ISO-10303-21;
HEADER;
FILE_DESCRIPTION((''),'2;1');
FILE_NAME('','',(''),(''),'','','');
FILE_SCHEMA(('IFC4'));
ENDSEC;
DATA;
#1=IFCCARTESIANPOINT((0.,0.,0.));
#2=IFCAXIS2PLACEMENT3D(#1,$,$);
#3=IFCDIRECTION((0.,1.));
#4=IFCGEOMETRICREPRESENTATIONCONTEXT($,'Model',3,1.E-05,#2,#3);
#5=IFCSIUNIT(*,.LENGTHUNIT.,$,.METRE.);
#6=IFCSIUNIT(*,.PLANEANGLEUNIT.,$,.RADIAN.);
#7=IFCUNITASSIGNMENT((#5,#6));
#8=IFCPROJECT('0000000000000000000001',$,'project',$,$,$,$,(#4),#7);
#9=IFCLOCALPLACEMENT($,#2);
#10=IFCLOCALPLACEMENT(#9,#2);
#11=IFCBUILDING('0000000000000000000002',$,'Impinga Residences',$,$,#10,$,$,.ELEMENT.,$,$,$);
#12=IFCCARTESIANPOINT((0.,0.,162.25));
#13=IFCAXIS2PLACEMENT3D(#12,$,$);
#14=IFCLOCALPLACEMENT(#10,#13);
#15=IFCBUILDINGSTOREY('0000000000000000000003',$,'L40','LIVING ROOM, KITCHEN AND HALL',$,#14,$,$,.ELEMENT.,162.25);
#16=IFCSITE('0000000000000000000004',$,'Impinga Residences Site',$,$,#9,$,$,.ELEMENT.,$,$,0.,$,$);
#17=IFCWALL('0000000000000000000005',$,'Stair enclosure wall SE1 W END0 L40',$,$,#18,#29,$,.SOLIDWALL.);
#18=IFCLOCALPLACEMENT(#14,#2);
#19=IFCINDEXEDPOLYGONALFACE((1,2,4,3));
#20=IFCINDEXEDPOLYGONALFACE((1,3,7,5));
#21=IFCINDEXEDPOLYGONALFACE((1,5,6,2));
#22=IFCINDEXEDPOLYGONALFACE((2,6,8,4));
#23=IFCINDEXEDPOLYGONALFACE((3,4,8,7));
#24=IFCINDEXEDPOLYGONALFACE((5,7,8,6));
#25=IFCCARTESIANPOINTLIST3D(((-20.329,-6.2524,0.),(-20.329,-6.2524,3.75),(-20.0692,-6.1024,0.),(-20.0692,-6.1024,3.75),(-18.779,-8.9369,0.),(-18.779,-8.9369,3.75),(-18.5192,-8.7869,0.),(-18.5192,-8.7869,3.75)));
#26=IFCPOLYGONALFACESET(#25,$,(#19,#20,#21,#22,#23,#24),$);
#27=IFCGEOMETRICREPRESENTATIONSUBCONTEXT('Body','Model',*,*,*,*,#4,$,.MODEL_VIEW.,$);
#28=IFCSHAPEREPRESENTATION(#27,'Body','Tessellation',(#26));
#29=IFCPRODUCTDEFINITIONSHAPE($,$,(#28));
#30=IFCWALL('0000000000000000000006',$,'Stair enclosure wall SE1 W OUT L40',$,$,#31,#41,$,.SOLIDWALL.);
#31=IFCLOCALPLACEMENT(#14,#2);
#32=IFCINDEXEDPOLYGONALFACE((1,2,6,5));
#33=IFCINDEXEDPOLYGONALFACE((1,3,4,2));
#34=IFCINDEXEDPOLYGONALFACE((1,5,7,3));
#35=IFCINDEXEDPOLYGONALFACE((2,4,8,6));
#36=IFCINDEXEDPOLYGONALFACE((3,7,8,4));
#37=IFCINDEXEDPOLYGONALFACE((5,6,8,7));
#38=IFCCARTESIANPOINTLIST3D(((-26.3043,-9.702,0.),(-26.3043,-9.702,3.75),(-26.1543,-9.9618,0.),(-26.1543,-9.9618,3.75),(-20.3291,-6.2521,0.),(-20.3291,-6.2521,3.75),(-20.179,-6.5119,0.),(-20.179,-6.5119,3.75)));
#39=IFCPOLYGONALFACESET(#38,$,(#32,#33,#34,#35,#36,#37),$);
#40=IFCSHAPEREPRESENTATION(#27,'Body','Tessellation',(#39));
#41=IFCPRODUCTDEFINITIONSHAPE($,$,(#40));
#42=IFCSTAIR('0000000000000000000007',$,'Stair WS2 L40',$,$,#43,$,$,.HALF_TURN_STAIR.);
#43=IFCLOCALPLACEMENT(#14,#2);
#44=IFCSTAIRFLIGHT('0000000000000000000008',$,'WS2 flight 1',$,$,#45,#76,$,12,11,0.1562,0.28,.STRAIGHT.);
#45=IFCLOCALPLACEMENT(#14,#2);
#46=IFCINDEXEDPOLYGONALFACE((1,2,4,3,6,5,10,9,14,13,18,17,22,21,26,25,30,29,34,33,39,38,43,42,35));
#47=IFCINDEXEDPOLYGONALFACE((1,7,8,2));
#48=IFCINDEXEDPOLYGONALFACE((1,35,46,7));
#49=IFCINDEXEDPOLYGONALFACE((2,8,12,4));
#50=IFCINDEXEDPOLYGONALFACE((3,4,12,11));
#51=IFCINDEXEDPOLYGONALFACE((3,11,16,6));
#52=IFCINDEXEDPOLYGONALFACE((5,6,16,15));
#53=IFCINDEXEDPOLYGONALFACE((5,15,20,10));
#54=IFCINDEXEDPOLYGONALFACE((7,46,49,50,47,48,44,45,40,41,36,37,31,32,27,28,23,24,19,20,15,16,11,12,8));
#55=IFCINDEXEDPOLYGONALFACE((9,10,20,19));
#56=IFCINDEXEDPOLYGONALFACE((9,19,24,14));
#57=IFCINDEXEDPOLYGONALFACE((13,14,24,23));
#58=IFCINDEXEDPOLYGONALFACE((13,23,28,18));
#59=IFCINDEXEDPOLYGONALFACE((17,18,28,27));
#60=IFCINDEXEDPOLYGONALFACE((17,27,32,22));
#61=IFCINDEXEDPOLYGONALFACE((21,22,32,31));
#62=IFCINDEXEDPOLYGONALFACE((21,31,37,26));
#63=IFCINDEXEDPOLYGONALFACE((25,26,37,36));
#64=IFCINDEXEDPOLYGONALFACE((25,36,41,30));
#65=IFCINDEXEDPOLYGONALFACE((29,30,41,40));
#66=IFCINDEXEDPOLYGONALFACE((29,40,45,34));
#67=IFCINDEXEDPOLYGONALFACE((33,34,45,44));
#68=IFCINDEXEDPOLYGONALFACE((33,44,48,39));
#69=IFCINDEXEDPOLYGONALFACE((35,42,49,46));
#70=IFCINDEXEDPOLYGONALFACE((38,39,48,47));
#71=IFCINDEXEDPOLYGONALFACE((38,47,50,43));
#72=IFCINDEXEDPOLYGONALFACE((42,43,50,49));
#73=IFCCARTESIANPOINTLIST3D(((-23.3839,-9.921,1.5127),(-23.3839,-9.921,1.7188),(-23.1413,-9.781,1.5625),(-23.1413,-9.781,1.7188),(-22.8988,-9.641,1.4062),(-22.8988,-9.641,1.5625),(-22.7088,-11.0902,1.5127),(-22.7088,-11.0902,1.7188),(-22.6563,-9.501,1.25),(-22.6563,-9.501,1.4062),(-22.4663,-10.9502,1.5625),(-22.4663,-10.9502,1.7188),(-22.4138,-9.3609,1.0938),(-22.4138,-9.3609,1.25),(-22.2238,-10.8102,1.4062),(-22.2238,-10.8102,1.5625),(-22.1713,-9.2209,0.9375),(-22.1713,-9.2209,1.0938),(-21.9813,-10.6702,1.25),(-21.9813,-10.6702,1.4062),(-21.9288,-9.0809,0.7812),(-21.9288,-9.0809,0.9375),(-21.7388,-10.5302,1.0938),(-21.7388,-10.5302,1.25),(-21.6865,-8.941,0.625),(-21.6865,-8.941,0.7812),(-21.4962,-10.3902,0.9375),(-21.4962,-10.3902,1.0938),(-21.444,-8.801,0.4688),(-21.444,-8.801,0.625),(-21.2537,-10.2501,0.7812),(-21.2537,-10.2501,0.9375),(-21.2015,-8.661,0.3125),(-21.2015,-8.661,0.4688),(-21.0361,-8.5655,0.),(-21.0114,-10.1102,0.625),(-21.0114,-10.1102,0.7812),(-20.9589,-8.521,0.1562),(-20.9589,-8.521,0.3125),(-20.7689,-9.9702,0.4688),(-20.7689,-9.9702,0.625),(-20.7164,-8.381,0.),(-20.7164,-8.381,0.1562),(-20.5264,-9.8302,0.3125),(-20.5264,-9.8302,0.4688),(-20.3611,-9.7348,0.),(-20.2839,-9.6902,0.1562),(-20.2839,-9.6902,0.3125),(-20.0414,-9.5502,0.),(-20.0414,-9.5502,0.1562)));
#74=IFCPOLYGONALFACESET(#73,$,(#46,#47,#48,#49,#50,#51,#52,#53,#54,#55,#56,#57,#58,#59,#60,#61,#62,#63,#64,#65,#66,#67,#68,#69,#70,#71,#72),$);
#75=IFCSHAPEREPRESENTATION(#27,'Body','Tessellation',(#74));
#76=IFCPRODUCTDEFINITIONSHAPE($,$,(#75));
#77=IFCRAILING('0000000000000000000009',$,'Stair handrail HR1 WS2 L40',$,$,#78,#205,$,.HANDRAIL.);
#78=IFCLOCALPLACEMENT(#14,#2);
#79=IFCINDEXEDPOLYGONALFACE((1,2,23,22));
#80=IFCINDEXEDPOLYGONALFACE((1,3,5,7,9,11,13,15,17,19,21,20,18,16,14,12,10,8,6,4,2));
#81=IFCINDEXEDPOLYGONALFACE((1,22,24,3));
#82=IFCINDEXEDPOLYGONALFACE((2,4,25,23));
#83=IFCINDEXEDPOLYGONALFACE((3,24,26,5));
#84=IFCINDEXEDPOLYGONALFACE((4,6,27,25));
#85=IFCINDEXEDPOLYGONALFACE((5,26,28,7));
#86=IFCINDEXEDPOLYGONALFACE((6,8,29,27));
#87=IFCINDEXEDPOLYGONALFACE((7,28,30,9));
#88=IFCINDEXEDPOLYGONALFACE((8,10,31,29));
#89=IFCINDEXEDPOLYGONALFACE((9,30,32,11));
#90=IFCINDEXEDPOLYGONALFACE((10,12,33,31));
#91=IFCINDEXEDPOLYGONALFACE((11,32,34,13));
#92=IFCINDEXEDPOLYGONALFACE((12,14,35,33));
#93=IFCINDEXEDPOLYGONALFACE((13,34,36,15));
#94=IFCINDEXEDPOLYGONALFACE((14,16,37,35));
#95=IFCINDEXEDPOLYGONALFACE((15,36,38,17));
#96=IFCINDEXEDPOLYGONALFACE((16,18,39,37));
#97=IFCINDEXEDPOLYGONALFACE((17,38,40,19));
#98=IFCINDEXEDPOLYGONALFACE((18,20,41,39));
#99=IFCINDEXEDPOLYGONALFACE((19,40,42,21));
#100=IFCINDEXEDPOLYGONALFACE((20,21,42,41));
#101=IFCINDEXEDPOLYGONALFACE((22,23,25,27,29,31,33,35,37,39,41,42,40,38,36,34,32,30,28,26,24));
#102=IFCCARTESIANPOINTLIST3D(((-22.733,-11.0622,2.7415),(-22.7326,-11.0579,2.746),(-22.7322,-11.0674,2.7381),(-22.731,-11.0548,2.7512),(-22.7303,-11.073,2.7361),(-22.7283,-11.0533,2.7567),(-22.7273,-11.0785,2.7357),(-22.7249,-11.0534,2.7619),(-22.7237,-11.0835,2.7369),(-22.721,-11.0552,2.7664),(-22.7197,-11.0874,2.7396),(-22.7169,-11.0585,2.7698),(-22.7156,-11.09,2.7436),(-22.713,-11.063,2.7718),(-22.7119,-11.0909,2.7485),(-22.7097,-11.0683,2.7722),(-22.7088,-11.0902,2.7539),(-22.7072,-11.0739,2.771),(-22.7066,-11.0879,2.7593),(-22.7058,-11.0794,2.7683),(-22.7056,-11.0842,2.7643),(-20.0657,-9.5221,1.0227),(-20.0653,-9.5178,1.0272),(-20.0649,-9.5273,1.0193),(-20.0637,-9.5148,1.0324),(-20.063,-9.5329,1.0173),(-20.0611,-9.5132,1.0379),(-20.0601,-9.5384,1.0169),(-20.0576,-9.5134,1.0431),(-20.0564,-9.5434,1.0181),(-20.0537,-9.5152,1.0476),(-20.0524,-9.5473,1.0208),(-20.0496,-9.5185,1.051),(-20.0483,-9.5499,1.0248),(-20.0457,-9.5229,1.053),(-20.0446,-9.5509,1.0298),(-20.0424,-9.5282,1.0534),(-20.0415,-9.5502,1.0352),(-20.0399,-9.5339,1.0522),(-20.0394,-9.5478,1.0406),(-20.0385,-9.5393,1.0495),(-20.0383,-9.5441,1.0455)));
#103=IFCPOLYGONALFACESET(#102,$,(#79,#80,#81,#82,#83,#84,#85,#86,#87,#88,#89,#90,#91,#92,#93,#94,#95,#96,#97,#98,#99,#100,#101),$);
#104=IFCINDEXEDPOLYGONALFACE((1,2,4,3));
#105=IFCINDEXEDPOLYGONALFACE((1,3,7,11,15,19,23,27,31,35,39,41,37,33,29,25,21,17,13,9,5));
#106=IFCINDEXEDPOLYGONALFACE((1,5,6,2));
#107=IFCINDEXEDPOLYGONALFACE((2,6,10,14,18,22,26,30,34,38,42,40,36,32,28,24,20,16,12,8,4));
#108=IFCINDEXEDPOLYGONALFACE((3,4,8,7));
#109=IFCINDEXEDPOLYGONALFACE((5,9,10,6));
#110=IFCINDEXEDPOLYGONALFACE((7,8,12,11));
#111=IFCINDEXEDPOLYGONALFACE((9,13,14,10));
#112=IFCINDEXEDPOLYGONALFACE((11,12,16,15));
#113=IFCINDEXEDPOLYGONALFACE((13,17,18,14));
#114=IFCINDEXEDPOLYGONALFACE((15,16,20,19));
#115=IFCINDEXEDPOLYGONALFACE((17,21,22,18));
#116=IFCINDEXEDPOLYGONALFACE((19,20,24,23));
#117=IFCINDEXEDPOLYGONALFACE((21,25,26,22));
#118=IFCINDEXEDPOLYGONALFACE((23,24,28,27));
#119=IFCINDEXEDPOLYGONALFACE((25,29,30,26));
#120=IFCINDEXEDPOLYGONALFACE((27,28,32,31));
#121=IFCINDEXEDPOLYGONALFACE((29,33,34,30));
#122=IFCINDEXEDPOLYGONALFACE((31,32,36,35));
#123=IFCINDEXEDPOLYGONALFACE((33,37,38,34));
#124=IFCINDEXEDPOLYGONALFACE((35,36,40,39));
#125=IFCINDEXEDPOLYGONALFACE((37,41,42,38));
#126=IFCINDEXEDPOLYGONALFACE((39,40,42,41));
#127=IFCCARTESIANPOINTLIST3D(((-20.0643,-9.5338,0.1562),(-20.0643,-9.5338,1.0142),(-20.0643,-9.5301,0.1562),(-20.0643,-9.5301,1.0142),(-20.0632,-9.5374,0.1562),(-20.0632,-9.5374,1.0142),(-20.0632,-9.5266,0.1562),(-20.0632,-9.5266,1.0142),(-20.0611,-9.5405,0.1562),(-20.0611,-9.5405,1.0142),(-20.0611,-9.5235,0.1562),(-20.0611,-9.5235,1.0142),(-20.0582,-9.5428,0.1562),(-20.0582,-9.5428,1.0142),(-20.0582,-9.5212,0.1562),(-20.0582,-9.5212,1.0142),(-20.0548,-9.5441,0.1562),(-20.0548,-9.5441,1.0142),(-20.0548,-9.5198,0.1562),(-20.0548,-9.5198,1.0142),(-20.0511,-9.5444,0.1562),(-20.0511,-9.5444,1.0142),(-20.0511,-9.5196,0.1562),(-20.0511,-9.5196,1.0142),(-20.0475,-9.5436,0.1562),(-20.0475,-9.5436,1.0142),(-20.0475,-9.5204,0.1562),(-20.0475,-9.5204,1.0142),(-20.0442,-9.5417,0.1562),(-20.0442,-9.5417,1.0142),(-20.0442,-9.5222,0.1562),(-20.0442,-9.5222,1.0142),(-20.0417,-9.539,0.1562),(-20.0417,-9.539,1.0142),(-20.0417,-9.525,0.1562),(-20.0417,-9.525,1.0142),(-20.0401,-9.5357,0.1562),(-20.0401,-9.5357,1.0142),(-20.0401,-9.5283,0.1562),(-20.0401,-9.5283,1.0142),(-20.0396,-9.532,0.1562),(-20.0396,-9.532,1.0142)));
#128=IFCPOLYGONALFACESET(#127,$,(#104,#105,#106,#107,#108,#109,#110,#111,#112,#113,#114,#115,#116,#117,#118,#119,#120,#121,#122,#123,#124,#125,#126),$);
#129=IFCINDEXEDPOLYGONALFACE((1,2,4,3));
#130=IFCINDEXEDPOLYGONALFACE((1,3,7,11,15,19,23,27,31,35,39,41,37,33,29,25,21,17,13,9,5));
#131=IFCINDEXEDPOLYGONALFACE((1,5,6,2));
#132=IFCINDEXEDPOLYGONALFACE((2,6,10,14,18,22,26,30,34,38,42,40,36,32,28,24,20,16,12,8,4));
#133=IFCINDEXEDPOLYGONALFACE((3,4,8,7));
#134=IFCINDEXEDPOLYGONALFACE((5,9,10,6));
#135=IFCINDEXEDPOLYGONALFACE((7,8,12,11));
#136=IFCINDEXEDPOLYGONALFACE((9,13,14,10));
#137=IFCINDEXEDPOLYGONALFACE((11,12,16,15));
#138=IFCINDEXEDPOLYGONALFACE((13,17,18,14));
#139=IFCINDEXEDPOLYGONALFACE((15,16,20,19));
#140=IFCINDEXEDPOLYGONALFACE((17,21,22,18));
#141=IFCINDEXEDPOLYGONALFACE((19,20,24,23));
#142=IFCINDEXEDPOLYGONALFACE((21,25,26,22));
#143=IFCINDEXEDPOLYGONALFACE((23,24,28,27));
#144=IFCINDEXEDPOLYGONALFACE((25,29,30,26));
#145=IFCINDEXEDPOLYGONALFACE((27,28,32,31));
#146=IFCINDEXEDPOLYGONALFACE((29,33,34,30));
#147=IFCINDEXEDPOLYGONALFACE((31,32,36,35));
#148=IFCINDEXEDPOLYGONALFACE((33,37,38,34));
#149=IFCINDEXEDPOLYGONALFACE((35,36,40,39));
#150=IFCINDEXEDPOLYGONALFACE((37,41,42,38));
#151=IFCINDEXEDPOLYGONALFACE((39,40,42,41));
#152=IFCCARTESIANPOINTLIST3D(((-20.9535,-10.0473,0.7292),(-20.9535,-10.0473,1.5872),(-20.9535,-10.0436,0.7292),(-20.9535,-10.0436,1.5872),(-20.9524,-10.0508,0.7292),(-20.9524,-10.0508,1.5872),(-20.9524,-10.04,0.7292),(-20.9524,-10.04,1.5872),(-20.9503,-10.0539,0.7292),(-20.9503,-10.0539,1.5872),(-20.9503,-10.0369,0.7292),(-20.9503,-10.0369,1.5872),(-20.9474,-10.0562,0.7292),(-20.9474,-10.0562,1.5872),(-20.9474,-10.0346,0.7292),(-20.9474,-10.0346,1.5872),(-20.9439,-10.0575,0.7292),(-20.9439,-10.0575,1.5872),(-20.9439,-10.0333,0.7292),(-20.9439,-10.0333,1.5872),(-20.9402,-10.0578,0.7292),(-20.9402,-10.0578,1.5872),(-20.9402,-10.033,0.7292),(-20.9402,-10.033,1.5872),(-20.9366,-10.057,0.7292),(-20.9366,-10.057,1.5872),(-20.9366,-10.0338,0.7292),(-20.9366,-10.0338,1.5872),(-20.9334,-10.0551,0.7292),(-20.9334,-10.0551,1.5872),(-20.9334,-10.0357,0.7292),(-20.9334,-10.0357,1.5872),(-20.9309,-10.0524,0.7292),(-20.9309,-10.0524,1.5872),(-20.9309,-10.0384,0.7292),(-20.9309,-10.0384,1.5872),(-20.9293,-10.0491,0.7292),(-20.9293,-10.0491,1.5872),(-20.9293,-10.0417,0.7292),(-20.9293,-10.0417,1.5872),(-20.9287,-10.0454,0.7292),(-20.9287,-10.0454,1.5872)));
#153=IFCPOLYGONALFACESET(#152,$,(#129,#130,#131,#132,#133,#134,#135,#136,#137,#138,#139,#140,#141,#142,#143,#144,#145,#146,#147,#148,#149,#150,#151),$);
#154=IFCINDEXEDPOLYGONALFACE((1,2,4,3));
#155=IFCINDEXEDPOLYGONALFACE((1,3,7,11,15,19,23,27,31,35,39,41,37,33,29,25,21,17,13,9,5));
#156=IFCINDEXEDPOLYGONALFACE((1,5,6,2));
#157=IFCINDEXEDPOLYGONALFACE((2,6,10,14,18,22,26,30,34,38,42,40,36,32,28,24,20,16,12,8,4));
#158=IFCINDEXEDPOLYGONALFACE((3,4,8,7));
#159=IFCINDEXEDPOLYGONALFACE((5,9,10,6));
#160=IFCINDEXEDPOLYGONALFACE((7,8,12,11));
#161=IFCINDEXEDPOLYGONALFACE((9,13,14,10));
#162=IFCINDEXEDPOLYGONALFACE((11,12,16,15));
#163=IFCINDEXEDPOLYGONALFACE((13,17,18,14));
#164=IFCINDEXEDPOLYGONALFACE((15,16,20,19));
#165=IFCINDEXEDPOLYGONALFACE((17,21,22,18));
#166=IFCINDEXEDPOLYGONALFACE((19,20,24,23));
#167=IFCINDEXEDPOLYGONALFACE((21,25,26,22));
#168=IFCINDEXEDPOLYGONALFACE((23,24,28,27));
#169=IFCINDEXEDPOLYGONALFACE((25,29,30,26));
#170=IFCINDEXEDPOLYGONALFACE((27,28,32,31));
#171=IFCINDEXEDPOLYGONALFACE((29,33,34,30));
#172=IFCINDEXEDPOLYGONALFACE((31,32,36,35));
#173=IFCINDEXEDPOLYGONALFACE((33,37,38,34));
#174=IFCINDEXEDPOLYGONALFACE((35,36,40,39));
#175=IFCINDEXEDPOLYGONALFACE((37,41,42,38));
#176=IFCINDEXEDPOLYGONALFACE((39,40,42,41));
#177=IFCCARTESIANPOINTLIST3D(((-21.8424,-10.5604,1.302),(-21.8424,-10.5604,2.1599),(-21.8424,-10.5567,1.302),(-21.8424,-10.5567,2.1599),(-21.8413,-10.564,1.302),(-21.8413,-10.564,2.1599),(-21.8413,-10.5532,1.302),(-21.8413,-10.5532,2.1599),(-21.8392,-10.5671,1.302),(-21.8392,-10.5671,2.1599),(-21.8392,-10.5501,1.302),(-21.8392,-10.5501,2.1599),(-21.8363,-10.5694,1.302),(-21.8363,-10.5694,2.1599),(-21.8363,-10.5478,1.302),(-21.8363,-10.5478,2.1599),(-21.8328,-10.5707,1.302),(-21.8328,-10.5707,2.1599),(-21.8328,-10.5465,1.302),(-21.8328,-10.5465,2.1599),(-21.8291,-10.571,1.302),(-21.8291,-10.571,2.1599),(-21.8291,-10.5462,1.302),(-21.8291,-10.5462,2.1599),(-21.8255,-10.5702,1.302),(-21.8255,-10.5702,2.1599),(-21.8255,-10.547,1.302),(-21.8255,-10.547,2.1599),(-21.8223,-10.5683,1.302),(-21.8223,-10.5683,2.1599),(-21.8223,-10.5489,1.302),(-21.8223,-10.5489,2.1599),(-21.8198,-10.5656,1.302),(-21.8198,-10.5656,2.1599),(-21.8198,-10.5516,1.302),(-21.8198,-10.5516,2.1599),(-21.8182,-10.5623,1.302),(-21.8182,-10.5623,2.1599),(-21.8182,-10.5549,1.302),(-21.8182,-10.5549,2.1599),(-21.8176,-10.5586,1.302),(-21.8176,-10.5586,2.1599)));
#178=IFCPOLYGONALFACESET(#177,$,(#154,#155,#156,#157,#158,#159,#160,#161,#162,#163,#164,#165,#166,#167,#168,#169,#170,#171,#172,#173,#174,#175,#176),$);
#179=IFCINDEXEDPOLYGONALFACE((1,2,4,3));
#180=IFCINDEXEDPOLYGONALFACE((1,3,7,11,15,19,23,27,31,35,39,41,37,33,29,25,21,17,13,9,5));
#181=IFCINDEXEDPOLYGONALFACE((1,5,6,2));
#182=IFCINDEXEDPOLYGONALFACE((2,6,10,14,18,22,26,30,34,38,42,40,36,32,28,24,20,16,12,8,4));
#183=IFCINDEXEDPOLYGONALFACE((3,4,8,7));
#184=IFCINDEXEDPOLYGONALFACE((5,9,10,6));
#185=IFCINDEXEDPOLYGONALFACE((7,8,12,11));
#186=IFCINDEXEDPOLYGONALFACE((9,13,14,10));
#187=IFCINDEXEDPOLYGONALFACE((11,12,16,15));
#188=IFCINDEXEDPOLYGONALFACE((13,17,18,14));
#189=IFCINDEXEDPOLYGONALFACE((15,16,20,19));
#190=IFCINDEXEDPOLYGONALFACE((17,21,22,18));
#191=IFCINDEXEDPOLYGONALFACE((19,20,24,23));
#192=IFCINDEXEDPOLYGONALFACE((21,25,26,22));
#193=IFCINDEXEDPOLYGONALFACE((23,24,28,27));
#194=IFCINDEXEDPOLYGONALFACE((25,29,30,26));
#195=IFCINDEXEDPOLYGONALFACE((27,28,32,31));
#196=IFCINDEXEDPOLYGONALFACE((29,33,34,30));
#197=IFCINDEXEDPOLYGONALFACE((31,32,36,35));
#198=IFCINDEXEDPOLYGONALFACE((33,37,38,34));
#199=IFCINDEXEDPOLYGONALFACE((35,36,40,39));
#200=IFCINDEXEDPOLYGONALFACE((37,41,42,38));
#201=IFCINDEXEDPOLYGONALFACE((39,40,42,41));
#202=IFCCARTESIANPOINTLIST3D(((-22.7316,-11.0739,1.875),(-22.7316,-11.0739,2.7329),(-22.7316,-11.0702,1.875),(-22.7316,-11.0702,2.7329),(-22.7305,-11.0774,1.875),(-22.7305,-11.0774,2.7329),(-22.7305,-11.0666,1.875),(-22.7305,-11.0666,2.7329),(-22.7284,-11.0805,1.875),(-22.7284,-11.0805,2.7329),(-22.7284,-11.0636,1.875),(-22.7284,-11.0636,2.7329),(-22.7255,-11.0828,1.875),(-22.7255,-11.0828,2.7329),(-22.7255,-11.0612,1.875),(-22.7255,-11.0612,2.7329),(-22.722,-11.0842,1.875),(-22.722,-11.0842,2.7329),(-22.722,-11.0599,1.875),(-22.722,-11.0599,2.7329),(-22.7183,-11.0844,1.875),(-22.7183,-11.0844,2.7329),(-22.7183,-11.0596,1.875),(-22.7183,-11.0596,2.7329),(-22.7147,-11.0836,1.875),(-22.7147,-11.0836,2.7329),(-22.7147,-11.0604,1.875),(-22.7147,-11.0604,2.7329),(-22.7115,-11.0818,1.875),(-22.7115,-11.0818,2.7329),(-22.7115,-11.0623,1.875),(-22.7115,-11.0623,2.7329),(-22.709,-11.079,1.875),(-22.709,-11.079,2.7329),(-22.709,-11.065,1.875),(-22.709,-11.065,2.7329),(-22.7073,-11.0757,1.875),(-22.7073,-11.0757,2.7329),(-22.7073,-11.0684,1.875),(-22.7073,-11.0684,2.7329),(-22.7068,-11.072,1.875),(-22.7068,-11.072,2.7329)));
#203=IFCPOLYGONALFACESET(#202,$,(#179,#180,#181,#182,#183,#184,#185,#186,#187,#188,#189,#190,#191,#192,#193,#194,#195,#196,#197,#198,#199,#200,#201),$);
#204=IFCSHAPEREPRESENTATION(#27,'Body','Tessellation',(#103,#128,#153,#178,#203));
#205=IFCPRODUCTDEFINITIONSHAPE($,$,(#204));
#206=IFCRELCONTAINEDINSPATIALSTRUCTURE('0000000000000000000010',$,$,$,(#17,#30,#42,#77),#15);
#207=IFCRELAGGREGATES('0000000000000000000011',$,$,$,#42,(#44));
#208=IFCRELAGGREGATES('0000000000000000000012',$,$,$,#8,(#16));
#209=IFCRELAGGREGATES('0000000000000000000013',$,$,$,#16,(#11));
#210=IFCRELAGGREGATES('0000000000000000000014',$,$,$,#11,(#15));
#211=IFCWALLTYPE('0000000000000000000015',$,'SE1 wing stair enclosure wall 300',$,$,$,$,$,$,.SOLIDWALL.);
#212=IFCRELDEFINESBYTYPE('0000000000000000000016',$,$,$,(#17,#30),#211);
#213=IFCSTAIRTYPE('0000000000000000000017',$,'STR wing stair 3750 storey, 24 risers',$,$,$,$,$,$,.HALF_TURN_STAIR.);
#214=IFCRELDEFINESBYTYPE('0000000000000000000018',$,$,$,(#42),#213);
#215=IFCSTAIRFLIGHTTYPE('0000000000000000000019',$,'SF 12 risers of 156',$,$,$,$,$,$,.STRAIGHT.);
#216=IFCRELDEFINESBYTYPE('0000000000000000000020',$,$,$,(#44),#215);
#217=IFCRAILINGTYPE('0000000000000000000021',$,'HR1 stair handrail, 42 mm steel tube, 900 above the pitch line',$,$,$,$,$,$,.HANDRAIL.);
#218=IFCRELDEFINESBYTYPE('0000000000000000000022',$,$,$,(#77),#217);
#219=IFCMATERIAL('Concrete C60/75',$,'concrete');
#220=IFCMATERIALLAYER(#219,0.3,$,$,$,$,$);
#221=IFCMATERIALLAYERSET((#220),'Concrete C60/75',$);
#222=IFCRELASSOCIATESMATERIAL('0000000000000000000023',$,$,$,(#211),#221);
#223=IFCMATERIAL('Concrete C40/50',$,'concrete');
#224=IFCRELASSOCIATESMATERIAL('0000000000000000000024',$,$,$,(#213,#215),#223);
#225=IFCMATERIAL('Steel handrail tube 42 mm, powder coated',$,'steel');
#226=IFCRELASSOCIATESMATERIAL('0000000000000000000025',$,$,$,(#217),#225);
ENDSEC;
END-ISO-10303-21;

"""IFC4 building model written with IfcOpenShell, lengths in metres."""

from ifc_helpers import new_model, si_unit, direction, frame, frame_2d, origin, origin_2d, place, context, subcontext, project, spatial, polyline, rectangle, circle, outline, extrude, material, layer, layer_set, type_object, element, aggregate, save


model = new_model("IFC4")

# Units and contexts
model_context = context("Model", 3, precision=1e-05, world=origin(), true_north=direction((0.0, 1.0)))
body_context = subcontext(model_context, "Body", "Model", "MODEL_VIEW")
ifc_project = project(units=[si_unit("LENGTHUNIT", "METRE"), si_unit("PLANEANGLEUNIT", "RADIAN")], contexts=[model_context])

# Site, building, storey
site_placement = place(None, origin())
site = spatial("IfcSite", under=ifc_project, at=site_placement, Name="Impinga Residences Site", CompositionType="ELEMENT", RefElevation=0.0)
building_placement = place(site_placement, origin())
building = spatial("IfcBuilding", under=site, at=building_placement, Name="Impinga Residences", CompositionType="ELEMENT")
storey_placement = place(building_placement, frame((0.0, 0.0, 162.25)))
storey = spatial("IfcBuildingStorey", under=building, at=storey_placement, Name="L40", Description="LIVING ROOM, KITCHEN AND HALL", CompositionType="ELEMENT", Elevation=162.25)

# Shared definitions
ifc_material_1 = material(Name="Concrete C60/75", Category="concrete")

# Walls
ifc_layer_1 = layer(ifc_material_1, 0.3)
ifc_layer_set_1 = layer_set([ifc_layer_1], Name="Concrete C60/75")
wall_type_1 = type_object("IfcWallType", Name="SE1 wing stair enclosure wall 300", PredefinedType="SOLIDWALL", material=ifc_layer_set_1)
wall_1_placement = place(storey_placement, frame((-18.6492, -8.8618, 0.0), z_axis=(0.0, 0.0, 1.0), x_axis=(-0.500027, 0.86601, 0.0)))
element("IfcWall", 1, at=wall_1_placement, inside=storey, type_object=wall_type_1, Name="Stair enclosure wall SE1 W END0 L40", PredefinedType="SOLIDWALL", context=body_context, shape_type="SweptSolid", body=[
    extrude(rectangle(XDim=3.0999, YDim=0.3, at=frame_2d((1.5498, 0.0))), origin(), (0.0, 0.0, 1.0), 3.75),
])
wall_2_placement = place(storey_placement, frame((-20.2542, -6.3821, 0.0), z_axis=(0.0, 0.0, 1.0), x_axis=(-0.86602, -0.500009, 0.0)))
element("IfcWall", 2, at=wall_2_placement, inside=storey, type_object=wall_type_1, Name="Stair enclosure wall SE1 W OUT L40", PredefinedType="SOLIDWALL", context=body_context, shape_type="SweptSolid", body=[
    extrude(rectangle(XDim=6.8997, YDim=0.3, at=frame_2d((3.4497, 0.0))), origin(), (0.0, 0.0, 1.0), 3.75),
])

# Stair, stair flight
ifc_material_2 = material(Name="Concrete C40/50", Category="concrete")
stair_type = type_object("IfcStairType", Name="STR wing stair 3750 storey, 24 risers", PredefinedType="HALF_TURN_STAIR", material=ifc_material_2)
stair_placement = place(storey_placement, origin())
stair = element("IfcStair", 3, at=stair_placement, inside=storey, type_object=stair_type, Name="Stair WS2 L40", PredefinedType="HALF_TURN_STAIR")
stair_flight_type = type_object("IfcStairFlightType", Name="SF 12 risers of 156", PredefinedType="STRAIGHT", material=ifc_material_2)
stair_flight_placement = place(storey_placement, frame((-20.3789, -8.9656, 0.0), z_axis=(0.0, 0.0, 1.0), x_axis=(-0.866025, -0.5, 0.0)))
stair_flight = element("IfcStairFlight", 4, at=stair_flight_placement, type_object=stair_flight_type, Name="WS2 flight 1", NumberOfRisers=12, NumberOfTreads=11, PredefinedType="STRAIGHT", RiserHeight=0.1562, TreadLength=0.28, context=body_context, shape_type="SweptSolid", body=[
    extrude(outline(polyline([(0.0, 0.0), (0.0, 0.1562), (0.28, 0.1562), (0.28, 0.3125), (0.5601, 0.3125), (0.5601, 0.4688), (0.8401, 0.4688), (0.8401, 0.625), (1.1201, 0.625), (1.1201, 0.7812), (1.3999, 0.7812), (1.3999, 0.9375), (1.6799, 0.9375), (1.6799, 1.0938), (1.96, 1.0938), (1.96, 1.25), (2.24, 1.25), (2.24, 1.4062), (2.52, 1.4062), (2.52, 1.5625), (2.8, 1.5625), (2.8, 1.7188), (3.0801, 1.7188), (3.0801, 1.875), (3.0801, 1.5127), (0.3691, 0.0), (0.0, 0.0)])), frame((0.0, 0.675, 0.0), z_axis=(0.0, -1.0, 0.0), x_axis=(1.0, 0.0, 0.0)), (0.0, 0.0, 1.0), 1.3501),
])
aggregate(stair, [stair_flight])

# Railing
ifc_material_3 = material(Name="Steel handrail tube 42 mm, powder coated", Category="steel")
railing_type = type_object("IfcRailingType", Name="HR1 stair handrail, 42 mm steel tube, 900 above the pitch line", PredefinedType="HANDRAIL", material=ifc_material_3)
railing_placement = place(storey_placement, frame((-20.052, -9.532, 0.1562)))
element("IfcRailing", 5, at=railing_placement, inside=storey, type_object=railing_type, Name="Stair handrail HR1 WS2 L40", PredefinedType="HANDRAIL", context=body_context, shape_type="SweptSolid", body=[
    extrude(circle(Radius=0.021, at=origin_2d()), frame((0.0, 0.0, 0.8789), z_axis=(-0.756226, -0.436639, 0.487307), x_axis=(0.500027, -0.86601, 0.0)), (0.0, 0.0, 1.0), 3.5271),
    extrude(circle(Radius=0.0125, at=origin_2d()), origin(), (0.0, 0.0, 1.0), 0.8579),
    extrude(circle(Radius=0.0125, at=origin_2d()), frame((-0.8892, -0.5134, 0.573)), (0.0, 0.0, 1.0), 0.8579),
    extrude(circle(Radius=0.0125, at=origin_2d()), frame((-1.7781, -1.0266, 1.1458)), (0.0, 0.0, 1.0), 0.8579),
    extrude(circle(Radius=0.0125, at=origin_2d()), frame((-2.6672, -1.54, 1.7188)), (0.0, 0.0, 1.0), 0.8579),
])

save(model, "model.ifc")
